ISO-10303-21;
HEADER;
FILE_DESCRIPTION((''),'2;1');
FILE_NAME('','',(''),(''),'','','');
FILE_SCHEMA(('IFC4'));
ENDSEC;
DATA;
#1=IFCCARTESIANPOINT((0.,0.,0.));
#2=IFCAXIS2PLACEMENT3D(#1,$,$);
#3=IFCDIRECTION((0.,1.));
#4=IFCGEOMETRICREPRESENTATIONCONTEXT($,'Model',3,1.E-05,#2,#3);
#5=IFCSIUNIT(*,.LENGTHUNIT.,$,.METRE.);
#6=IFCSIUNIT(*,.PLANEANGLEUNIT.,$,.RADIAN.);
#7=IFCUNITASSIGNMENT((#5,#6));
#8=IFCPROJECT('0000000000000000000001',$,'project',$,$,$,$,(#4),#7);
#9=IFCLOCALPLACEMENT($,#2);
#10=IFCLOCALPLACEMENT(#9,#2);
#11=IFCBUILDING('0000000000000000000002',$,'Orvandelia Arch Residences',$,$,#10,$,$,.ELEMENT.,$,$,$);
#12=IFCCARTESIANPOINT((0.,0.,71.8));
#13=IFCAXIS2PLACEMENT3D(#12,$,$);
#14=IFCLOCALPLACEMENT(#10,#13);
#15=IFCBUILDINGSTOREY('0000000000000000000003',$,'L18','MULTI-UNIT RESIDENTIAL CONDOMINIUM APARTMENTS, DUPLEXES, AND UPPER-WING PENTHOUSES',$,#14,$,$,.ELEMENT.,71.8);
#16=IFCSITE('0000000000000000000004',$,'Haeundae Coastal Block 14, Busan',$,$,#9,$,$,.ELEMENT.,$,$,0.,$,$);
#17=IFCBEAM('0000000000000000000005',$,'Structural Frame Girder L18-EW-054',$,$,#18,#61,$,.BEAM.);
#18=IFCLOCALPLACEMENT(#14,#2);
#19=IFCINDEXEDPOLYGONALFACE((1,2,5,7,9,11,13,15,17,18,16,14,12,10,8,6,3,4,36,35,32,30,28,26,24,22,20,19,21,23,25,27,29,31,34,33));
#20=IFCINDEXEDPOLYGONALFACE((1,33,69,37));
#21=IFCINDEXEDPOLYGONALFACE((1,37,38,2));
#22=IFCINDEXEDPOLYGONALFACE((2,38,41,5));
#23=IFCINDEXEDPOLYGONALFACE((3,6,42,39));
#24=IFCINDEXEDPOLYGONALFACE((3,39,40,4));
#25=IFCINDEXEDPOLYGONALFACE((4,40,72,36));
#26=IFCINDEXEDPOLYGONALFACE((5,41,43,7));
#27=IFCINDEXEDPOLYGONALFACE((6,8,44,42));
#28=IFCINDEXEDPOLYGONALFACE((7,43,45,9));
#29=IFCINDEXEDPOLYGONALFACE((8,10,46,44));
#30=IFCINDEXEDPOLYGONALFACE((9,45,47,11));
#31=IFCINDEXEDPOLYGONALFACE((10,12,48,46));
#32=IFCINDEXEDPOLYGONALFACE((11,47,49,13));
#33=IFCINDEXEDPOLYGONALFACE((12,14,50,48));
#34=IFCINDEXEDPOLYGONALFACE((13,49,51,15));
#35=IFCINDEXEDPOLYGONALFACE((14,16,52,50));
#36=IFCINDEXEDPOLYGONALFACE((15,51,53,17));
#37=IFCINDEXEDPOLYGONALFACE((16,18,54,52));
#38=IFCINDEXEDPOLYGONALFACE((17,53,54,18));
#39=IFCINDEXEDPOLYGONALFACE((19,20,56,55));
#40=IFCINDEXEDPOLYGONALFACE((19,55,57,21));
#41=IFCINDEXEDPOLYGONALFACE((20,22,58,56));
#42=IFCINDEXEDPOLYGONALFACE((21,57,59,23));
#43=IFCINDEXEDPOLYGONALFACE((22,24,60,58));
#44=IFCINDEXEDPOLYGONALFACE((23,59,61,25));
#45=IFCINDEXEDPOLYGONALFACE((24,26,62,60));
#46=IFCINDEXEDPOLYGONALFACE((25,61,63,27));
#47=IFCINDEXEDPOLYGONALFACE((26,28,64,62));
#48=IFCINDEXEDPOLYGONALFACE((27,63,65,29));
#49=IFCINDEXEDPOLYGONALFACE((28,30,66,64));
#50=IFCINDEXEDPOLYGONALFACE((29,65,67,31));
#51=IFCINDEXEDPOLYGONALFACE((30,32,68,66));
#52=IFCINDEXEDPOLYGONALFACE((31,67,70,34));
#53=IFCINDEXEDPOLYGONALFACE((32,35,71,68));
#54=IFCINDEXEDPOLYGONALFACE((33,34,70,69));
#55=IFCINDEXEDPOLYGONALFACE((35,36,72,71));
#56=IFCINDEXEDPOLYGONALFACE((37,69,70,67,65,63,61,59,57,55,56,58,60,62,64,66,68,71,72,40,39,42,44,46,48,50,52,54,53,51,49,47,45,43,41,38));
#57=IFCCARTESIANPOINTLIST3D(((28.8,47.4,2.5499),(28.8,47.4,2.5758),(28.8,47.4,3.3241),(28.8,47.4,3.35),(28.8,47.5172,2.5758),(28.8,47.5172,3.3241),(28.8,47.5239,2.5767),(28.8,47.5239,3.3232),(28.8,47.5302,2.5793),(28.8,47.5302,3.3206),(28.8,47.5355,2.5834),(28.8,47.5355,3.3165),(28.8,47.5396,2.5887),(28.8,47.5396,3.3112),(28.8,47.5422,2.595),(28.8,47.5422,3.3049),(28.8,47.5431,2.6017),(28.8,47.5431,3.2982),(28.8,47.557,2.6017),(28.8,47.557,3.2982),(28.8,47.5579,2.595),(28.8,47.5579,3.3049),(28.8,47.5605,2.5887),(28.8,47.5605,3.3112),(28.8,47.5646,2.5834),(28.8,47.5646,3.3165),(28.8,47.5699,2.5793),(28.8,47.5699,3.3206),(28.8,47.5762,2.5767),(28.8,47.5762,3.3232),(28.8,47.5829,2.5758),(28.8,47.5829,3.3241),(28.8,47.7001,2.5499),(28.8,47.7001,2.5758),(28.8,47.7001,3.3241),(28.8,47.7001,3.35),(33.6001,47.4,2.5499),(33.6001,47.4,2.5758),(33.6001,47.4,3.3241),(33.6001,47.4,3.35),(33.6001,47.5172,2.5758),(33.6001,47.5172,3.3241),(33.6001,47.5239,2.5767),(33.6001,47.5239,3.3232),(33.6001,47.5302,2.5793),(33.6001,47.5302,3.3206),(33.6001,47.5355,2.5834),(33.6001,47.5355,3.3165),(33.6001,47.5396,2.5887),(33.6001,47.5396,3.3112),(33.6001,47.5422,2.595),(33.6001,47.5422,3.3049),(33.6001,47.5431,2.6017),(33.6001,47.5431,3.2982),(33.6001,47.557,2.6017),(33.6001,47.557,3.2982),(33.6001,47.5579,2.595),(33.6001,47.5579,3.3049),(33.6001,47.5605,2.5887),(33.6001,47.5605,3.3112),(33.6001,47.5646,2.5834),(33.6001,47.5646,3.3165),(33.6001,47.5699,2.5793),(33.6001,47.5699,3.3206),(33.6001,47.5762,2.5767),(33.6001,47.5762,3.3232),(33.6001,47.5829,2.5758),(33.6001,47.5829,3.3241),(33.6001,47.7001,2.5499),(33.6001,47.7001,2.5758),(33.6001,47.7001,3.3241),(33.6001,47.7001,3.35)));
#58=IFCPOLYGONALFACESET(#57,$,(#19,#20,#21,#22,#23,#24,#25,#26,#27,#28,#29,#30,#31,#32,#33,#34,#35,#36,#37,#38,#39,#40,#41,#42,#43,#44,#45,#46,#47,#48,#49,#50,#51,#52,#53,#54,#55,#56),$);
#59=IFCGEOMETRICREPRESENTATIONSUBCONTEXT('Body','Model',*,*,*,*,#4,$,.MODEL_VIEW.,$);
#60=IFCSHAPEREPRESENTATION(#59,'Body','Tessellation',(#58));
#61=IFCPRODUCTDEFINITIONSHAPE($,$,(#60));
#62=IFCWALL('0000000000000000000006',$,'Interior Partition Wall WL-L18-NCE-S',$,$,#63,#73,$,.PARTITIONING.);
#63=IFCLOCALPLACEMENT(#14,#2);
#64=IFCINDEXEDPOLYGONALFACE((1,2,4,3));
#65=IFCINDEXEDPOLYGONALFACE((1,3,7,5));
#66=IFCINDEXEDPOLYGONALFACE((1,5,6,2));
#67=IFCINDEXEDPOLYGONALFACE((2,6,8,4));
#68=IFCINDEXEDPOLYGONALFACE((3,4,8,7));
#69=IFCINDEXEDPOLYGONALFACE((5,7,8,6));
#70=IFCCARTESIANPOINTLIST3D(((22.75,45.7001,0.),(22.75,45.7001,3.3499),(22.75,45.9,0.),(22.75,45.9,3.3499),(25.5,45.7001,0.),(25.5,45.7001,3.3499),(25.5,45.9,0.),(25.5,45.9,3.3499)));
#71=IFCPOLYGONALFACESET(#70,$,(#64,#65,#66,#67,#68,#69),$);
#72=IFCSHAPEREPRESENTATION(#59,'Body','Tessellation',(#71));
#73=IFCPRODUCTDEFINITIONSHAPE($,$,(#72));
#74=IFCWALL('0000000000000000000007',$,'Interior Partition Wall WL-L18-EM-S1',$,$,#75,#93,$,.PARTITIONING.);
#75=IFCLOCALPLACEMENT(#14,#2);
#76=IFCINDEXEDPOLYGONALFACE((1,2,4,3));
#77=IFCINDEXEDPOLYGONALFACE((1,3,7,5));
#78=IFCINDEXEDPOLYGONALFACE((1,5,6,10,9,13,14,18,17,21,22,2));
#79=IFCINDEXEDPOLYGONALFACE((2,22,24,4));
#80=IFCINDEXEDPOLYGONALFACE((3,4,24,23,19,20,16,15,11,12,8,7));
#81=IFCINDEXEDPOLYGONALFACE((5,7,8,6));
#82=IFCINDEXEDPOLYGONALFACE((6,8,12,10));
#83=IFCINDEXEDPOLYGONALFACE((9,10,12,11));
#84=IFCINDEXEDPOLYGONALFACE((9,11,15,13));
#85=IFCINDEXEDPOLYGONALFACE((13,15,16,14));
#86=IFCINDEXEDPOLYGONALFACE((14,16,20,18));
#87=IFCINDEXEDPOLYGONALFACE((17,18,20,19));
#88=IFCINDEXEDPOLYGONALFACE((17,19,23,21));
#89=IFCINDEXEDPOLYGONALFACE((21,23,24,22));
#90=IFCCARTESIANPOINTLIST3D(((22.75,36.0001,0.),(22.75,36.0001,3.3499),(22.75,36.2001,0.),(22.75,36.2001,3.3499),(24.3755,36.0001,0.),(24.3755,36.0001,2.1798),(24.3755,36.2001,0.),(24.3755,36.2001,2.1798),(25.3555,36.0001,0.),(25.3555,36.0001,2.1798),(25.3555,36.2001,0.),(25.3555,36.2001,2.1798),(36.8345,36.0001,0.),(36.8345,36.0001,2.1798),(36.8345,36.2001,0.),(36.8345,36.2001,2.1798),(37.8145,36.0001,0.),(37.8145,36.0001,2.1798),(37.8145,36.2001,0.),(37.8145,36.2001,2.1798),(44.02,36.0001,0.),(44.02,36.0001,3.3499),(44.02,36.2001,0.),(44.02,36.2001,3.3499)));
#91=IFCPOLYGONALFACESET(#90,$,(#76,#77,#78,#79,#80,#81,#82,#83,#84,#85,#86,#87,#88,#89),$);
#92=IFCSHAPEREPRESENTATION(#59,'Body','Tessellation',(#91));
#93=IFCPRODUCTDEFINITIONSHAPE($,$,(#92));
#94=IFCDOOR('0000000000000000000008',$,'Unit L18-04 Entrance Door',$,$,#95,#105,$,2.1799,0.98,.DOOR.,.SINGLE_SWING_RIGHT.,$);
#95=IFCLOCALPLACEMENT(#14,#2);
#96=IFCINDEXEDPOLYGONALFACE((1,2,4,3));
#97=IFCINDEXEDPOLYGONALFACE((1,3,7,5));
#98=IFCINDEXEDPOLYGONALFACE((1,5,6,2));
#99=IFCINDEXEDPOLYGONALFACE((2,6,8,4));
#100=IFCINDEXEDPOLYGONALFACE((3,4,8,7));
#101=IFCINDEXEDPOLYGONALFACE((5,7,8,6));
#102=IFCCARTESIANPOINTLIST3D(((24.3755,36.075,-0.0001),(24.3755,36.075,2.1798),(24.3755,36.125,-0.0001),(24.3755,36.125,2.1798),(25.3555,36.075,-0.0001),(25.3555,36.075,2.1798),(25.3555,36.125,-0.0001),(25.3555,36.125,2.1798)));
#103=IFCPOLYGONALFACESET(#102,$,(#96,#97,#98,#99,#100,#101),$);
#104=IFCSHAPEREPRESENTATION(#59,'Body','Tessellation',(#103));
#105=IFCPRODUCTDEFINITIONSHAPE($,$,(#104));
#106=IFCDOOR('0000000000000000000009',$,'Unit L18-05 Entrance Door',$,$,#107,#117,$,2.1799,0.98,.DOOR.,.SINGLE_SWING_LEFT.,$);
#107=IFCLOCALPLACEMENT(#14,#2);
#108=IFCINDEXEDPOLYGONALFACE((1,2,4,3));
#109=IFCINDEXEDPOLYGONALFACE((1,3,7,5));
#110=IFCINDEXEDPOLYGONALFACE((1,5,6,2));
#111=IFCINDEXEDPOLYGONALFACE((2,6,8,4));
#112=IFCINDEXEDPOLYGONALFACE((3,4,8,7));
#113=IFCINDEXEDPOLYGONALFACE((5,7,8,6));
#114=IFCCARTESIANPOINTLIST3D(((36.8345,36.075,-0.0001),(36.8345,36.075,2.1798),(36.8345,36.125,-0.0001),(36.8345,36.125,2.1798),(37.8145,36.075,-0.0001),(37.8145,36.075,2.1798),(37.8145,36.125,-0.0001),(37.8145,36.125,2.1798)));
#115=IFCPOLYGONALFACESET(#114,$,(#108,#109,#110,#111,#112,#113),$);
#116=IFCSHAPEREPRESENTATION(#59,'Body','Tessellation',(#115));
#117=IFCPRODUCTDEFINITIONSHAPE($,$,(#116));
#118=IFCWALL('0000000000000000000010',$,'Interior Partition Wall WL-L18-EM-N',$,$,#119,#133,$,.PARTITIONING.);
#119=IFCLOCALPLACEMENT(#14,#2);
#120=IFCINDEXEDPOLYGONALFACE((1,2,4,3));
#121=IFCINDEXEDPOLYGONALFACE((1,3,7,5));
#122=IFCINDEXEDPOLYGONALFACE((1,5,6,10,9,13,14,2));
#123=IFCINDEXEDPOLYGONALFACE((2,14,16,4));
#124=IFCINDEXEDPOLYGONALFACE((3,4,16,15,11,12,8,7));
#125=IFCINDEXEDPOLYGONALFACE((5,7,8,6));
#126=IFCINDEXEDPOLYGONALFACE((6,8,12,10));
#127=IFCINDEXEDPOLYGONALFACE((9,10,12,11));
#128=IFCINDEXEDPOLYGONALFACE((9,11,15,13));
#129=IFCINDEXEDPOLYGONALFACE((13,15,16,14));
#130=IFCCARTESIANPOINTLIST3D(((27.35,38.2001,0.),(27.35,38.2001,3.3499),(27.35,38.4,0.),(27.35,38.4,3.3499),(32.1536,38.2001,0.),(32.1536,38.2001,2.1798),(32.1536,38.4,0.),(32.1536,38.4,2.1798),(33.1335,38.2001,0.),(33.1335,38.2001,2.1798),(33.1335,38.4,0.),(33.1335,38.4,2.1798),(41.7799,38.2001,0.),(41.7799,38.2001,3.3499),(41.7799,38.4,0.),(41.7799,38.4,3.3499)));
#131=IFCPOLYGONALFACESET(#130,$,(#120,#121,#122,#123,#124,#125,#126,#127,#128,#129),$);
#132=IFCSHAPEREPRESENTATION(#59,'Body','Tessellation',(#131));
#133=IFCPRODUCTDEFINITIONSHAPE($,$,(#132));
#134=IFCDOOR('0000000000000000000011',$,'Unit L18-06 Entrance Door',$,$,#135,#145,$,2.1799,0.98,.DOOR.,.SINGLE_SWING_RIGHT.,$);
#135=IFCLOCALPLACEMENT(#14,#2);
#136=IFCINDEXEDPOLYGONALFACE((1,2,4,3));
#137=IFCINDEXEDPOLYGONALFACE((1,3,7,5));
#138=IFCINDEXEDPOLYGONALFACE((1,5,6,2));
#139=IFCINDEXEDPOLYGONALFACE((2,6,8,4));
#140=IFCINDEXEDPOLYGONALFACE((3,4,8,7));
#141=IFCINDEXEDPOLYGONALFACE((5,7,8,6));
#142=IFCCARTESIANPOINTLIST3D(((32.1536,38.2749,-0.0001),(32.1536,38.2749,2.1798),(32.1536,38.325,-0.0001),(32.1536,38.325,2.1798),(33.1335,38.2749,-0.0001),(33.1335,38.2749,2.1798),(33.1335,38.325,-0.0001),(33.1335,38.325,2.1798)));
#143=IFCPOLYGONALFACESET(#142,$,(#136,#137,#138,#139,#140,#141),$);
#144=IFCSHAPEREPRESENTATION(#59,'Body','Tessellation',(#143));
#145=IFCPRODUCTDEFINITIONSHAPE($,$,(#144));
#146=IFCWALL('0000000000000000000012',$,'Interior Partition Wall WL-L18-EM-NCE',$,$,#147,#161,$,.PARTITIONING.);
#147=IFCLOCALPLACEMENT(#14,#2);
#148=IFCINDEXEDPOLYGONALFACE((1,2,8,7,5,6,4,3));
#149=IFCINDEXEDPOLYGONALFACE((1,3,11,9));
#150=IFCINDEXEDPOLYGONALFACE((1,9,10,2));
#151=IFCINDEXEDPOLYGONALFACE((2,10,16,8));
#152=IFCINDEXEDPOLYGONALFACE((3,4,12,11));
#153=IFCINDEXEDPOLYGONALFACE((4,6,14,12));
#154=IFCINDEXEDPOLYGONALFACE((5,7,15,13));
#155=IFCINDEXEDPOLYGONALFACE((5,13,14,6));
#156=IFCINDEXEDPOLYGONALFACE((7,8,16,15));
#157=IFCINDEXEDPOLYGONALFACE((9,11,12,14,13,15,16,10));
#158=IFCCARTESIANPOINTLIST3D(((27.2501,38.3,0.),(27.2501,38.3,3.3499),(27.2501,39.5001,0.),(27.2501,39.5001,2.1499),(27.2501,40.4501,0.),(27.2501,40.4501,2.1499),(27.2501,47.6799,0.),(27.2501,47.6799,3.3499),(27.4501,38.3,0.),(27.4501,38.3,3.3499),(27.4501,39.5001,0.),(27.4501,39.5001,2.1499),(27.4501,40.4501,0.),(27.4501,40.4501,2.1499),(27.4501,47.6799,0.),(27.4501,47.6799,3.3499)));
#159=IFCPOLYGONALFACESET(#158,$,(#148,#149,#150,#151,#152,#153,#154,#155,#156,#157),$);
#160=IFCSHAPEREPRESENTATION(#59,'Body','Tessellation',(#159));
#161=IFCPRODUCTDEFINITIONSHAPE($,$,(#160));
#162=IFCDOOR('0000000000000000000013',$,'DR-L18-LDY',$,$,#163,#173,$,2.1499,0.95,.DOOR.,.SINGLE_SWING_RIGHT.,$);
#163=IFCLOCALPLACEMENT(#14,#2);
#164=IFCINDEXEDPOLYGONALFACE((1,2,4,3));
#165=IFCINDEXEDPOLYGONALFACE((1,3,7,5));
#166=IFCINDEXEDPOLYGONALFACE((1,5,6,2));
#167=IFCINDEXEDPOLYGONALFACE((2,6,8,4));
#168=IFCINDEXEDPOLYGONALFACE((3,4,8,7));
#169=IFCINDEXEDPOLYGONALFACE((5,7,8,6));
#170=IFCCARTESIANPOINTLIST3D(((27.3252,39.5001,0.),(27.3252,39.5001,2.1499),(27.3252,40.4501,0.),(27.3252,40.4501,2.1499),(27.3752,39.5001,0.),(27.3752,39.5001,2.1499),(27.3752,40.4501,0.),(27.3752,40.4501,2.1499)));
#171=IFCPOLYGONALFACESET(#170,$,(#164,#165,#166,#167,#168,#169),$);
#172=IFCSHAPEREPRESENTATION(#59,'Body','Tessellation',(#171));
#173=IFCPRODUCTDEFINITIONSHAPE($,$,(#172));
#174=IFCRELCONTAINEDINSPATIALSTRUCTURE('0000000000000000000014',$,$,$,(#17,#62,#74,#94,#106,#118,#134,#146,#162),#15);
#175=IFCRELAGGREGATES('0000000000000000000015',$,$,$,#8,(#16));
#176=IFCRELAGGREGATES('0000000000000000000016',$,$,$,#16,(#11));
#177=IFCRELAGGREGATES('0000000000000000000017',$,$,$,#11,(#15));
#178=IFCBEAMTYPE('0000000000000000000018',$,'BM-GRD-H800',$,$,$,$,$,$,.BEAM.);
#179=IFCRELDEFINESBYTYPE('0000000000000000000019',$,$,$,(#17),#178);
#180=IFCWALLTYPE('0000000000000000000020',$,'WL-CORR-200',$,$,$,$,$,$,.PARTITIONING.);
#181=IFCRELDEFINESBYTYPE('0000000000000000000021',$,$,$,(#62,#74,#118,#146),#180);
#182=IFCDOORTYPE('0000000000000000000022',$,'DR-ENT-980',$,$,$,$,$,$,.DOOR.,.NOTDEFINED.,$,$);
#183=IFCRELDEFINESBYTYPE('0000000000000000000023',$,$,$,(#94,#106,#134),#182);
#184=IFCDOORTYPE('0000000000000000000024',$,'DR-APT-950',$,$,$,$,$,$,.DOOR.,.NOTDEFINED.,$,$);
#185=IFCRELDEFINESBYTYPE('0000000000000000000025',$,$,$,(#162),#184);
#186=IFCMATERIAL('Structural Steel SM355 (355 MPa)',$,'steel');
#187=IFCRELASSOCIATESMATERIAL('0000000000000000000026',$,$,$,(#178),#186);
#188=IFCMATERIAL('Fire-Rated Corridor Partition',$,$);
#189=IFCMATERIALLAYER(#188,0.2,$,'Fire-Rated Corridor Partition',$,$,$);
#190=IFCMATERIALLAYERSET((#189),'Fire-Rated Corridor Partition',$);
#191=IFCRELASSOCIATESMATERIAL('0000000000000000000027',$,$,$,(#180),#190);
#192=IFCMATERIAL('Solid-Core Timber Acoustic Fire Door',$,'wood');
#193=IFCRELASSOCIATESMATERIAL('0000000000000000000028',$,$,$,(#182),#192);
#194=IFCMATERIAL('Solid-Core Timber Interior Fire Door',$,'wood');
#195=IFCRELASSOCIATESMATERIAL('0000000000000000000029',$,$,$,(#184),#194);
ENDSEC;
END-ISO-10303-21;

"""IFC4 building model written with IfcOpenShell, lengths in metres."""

from ifc_helpers import new_model, si_unit, direction, frame, frame_2d, origin, origin_2d, place, context, subcontext, project, spatial, rectangle, i_section, extrude, material, layer, layer_set, material_profile, profile_set, type_object, element, fill, save


model = new_model("IFC4")

# Units and contexts
model_context = context("Model", 3, precision=1e-05, world=origin(), true_north=direction((0.0, 1.0)))
body_context = subcontext(model_context, "Body", "Model", "MODEL_VIEW")
ifc_project = project(units=[si_unit("LENGTHUNIT", "METRE"), si_unit("PLANEANGLEUNIT", "RADIAN")], contexts=[model_context])

# Site, building, storey
site_placement = place(None, origin())
site = spatial("IfcSite", under=ifc_project, at=site_placement, Name="Haeundae Coastal Block 14, Busan", CompositionType="ELEMENT", RefElevation=0.0)
building_placement = place(site_placement, origin())
building = spatial("IfcBuilding", under=site, at=building_placement, Name="Orvandelia Arch Residences", CompositionType="ELEMENT")
storey_placement = place(building_placement, frame((0.0, 0.0, 71.8)))
storey = spatial("IfcBuildingStorey", under=building, at=storey_placement, Name="L18", Description="MULTI-UNIT RESIDENTIAL CONDOMINIUM APARTMENTS, DUPLEXES, AND UPPER-WING PENTHOUSES", CompositionType="ELEMENT", Elevation=71.8)

# Beam
ifc_material_1 = material(Name="Structural Steel SM355 (355 MPa)", Category="steel")
ifc_material_profile_1 = material_profile(ifc_material_1, i_section(OverallWidth=0.3, OverallDepth=0.8, WebThickness=0.0139, FlangeThickness=0.0259, FilletRadius=0.0259, at=origin_2d()), Name="Structural Steel SM355 (355 MPa)", Category="steel")
ifc_profile_set_1 = profile_set([ifc_material_profile_1], Name="Structural Steel SM355 (355 MPa)")
beam_type = type_object("IfcBeamType", Name="BM-GRD-H800", PredefinedType="BEAM", material=ifc_profile_set_1)
beam_1_placement = place(storey_placement, frame((28.8, 47.55, 2.95), z_axis=(1.0, 0.0, 0.0), x_axis=(0.0, 1.0, 0.0)))
element("IfcBeam", 1, at=beam_1_placement, inside=storey, type_object=beam_type, Name="Structural Frame Girder L18-EW-054", PredefinedType="BEAM", context=body_context, shape_type="SweptSolid", body=[
    extrude(i_section(OverallWidth=0.3, OverallDepth=0.8, WebThickness=0.0139, FlangeThickness=0.0259, FilletRadius=0.0259, at=origin_2d()), origin(), (0.0, 0.0, 1.0), 4.8),
])

# Wall
ifc_material_2 = material(Name="Fire-Rated Corridor Partition")
ifc_layer_1 = layer(ifc_material_2, 0.2, Name="Fire-Rated Corridor Partition")
ifc_layer_set_1 = layer_set([ifc_layer_1], Name="Fire-Rated Corridor Partition")
wall_type_1 = type_object("IfcWallType", Name="WL-CORR-200", PredefinedType="PARTITIONING", material=ifc_layer_set_1)
wall_1_placement = place(storey_placement, frame((22.75, 45.8, 0.0), z_axis=(0.0, 0.0, 1.0), x_axis=(1.0, 0.0, 0.0)))
element("IfcWall", 2, at=wall_1_placement, inside=storey, type_object=wall_type_1, Name="Interior Partition Wall WL-L18-NCE-S", PredefinedType="PARTITIONING", context=body_context, shape_type="SweptSolid", body=[
    extrude(rectangle(XDim=2.75, YDim=0.2, at=frame_2d((1.375, 0.0))), origin(), (0.0, 0.0, 1.0), 3.3499),
])

# Wall, openings, doors
wall_2_placement = place(storey_placement, frame((22.75, 36.1001, 0.0), z_axis=(0.0, 0.0, 1.0), x_axis=(1.0, 0.0, 0.0)))
wall_2 = element("IfcWall", 3, at=wall_2_placement, inside=storey, type_object=wall_type_1, Name="Interior Partition Wall WL-L18-EM-S1", PredefinedType="PARTITIONING", context=body_context, shape_type="SweptSolid", body=[
    extrude(rectangle(XDim=21.27, YDim=0.2, at=frame_2d((10.635, 0.0))), origin(), (0.0, 0.0, 1.0), 3.3499),
])
opening_1_placement = place(wall_2_placement, frame((1.6255, 0.0, 0.0)))
opening_1 = element("IfcOpeningElement", 4, at=opening_1_placement, cuts=wall_2, PredefinedType="OPENING", context=body_context, shape_type="SweptSolid", body=[
    extrude(rectangle(XDim=0.98, YDim=2.1799, at=frame_2d((0.49, 1.0898))), frame((0.0, 0.1099, 0.0), z_axis=(0.0, -1.0, 0.0), x_axis=(1.0, 0.0, 0.0)), (0.0, 0.0, 1.0), 0.22),
])
opening_2_placement = place(wall_2_placement, frame((14.0845, 0.0, 0.0)))
opening_2 = element("IfcOpeningElement", 5, at=opening_2_placement, cuts=wall_2, PredefinedType="OPENING", context=body_context, shape_type="SweptSolid", body=[
    extrude(rectangle(XDim=0.98, YDim=2.1799, at=frame_2d((0.49, 1.0898))), frame((0.0, 0.1099, 0.0), z_axis=(0.0, -1.0, 0.0), x_axis=(1.0, 0.0, 0.0)), (0.0, 0.0, 1.0), 0.22),
])
ifc_material_3 = material(Name="Solid-Core Timber Acoustic Fire Door", Category="wood")
door_type_1 = type_object("IfcDoorType", Name="DR-ENT-980", OperationType="NOTDEFINED", PredefinedType="DOOR", material=ifc_material_3)
door_1_placement = place(opening_1_placement, origin())
door_1 = element("IfcDoor", 6, at=door_1_placement, inside=storey, type_object=door_type_1, Name="Unit L18-04 Entrance Door", OperationType="SINGLE_SWING_RIGHT", OverallHeight=2.1799, OverallWidth=0.98, PredefinedType="DOOR", context=body_context, shape_type="SweptSolid", body=[
    extrude(rectangle(XDim=0.98, YDim=2.1799, at=frame_2d((0.49, 1.0898))), frame((0.0, 0.0249, 0.0), z_axis=(0.0, -1.0, 0.0), x_axis=(1.0, 0.0, 0.0)), (0.0, 0.0, 1.0), 0.05),
])
fill(opening_1, door_1)
door_2_placement = place(opening_2_placement, origin())
door_2 = element("IfcDoor", 7, at=door_2_placement, inside=storey, type_object=door_type_1, Name="Unit L18-05 Entrance Door", OperationType="SINGLE_SWING_LEFT", OverallHeight=2.1799, OverallWidth=0.98, PredefinedType="DOOR", context=body_context, shape_type="SweptSolid", body=[
    extrude(rectangle(XDim=0.98, YDim=2.1799, at=frame_2d((0.49, 1.0898))), frame((0.0, 0.0249, 0.0), z_axis=(0.0, -1.0, 0.0), x_axis=(1.0, 0.0, 0.0)), (0.0, 0.0, 1.0), 0.05),
])
fill(opening_2, door_2)

# Walls, openings, doors
wall_3_placement = place(storey_placement, frame((27.3501, 38.3, 0.0), z_axis=(0.0, 0.0, 1.0), x_axis=(1.0, 0.0, 0.0)))
wall_3 = element("IfcWall", 8, at=wall_3_placement, inside=storey, type_object=wall_type_1, Name="Interior Partition Wall WL-L18-EM-N", PredefinedType="PARTITIONING", context=body_context, shape_type="SweptSolid", body=[
    extrude(rectangle(XDim=14.4299, YDim=0.2, at=frame_2d((7.2148, 0.0))), origin(), (0.0, 0.0, 1.0), 3.3499),
])
opening_3_placement = place(wall_3_placement, frame((4.8035, 0.0, 0.0)))
opening_3 = element("IfcOpeningElement", 9, at=opening_3_placement, cuts=wall_3, PredefinedType="OPENING", context=body_context, shape_type="SweptSolid", body=[
    extrude(rectangle(XDim=0.98, YDim=2.1799, at=frame_2d((0.49, 1.0898))), frame((0.0, 0.1099, 0.0), z_axis=(0.0, -1.0, 0.0), x_axis=(1.0, 0.0, 0.0)), (0.0, 0.0, 1.0), 0.22),
])
door_3_placement = place(opening_3_placement, origin())
door_3 = element("IfcDoor", 10, at=door_3_placement, inside=storey, type_object=door_type_1, Name="Unit L18-06 Entrance Door", OperationType="SINGLE_SWING_RIGHT", OverallHeight=2.1799, OverallWidth=0.98, PredefinedType="DOOR", context=body_context, shape_type="SweptSolid", body=[
    extrude(rectangle(XDim=0.98, YDim=2.1799, at=frame_2d((0.49, 1.0898))), frame((0.0, 0.0249, 0.0), z_axis=(0.0, -1.0, 0.0), x_axis=(1.0, 0.0, 0.0)), (0.0, 0.0, 1.0), 0.05),
])
fill(opening_3, door_3)
wall_4_placement = place(storey_placement, frame((27.3501, 38.3, 0.0), z_axis=(0.0, 0.0, 1.0), x_axis=(0.0, 1.0, 0.0)))
wall_4 = element("IfcWall", 11, at=wall_4_placement, inside=storey, type_object=wall_type_1, Name="Interior Partition Wall WL-L18-EM-NCE", PredefinedType="PARTITIONING", context=body_context, shape_type="SweptSolid", body=[
    extrude(rectangle(XDim=9.3799, YDim=0.2, at=frame_2d((4.6899, 0.0))), origin(), (0.0, 0.0, 1.0), 3.3499),
])
opening_4_placement = place(wall_4_placement, frame((1.2, 0.0, 0.0)))
opening_4 = element("IfcOpeningElement", 12, at=opening_4_placement, cuts=wall_4, PredefinedType="OPENING", context=body_context, shape_type="SweptSolid", body=[
    extrude(rectangle(XDim=0.95, YDim=2.1499, at=frame_2d((0.4751, 1.075))), frame((0.0, 0.1099, 0.0), z_axis=(0.0, -1.0, 0.0), x_axis=(1.0, 0.0, 0.0)), (0.0, 0.0, 1.0), 0.22),
])
ifc_material_4 = material(Name="Solid-Core Timber Interior Fire Door", Category="wood")
door_type_2 = type_object("IfcDoorType", Name="DR-APT-950", OperationType="NOTDEFINED", PredefinedType="DOOR", material=ifc_material_4)
door_4_placement = place(opening_4_placement, origin())
door_4 = element("IfcDoor", 13, at=door_4_placement, inside=storey, type_object=door_type_2, Name="DR-L18-LDY", OperationType="SINGLE_SWING_RIGHT", OverallHeight=2.1499, OverallWidth=0.95, PredefinedType="DOOR", context=body_context, shape_type="SweptSolid", body=[
    extrude(rectangle(XDim=0.95, YDim=2.1499, at=frame_2d((0.4751, 1.075))), frame((0.0, 0.0249, 0.0), z_axis=(0.0, -1.0, 0.0), x_axis=(1.0, 0.0, 0.0)), (0.0, 0.0, 1.0), 0.05),
])
fill(opening_4, door_4)

save(model, "model.ifc")
